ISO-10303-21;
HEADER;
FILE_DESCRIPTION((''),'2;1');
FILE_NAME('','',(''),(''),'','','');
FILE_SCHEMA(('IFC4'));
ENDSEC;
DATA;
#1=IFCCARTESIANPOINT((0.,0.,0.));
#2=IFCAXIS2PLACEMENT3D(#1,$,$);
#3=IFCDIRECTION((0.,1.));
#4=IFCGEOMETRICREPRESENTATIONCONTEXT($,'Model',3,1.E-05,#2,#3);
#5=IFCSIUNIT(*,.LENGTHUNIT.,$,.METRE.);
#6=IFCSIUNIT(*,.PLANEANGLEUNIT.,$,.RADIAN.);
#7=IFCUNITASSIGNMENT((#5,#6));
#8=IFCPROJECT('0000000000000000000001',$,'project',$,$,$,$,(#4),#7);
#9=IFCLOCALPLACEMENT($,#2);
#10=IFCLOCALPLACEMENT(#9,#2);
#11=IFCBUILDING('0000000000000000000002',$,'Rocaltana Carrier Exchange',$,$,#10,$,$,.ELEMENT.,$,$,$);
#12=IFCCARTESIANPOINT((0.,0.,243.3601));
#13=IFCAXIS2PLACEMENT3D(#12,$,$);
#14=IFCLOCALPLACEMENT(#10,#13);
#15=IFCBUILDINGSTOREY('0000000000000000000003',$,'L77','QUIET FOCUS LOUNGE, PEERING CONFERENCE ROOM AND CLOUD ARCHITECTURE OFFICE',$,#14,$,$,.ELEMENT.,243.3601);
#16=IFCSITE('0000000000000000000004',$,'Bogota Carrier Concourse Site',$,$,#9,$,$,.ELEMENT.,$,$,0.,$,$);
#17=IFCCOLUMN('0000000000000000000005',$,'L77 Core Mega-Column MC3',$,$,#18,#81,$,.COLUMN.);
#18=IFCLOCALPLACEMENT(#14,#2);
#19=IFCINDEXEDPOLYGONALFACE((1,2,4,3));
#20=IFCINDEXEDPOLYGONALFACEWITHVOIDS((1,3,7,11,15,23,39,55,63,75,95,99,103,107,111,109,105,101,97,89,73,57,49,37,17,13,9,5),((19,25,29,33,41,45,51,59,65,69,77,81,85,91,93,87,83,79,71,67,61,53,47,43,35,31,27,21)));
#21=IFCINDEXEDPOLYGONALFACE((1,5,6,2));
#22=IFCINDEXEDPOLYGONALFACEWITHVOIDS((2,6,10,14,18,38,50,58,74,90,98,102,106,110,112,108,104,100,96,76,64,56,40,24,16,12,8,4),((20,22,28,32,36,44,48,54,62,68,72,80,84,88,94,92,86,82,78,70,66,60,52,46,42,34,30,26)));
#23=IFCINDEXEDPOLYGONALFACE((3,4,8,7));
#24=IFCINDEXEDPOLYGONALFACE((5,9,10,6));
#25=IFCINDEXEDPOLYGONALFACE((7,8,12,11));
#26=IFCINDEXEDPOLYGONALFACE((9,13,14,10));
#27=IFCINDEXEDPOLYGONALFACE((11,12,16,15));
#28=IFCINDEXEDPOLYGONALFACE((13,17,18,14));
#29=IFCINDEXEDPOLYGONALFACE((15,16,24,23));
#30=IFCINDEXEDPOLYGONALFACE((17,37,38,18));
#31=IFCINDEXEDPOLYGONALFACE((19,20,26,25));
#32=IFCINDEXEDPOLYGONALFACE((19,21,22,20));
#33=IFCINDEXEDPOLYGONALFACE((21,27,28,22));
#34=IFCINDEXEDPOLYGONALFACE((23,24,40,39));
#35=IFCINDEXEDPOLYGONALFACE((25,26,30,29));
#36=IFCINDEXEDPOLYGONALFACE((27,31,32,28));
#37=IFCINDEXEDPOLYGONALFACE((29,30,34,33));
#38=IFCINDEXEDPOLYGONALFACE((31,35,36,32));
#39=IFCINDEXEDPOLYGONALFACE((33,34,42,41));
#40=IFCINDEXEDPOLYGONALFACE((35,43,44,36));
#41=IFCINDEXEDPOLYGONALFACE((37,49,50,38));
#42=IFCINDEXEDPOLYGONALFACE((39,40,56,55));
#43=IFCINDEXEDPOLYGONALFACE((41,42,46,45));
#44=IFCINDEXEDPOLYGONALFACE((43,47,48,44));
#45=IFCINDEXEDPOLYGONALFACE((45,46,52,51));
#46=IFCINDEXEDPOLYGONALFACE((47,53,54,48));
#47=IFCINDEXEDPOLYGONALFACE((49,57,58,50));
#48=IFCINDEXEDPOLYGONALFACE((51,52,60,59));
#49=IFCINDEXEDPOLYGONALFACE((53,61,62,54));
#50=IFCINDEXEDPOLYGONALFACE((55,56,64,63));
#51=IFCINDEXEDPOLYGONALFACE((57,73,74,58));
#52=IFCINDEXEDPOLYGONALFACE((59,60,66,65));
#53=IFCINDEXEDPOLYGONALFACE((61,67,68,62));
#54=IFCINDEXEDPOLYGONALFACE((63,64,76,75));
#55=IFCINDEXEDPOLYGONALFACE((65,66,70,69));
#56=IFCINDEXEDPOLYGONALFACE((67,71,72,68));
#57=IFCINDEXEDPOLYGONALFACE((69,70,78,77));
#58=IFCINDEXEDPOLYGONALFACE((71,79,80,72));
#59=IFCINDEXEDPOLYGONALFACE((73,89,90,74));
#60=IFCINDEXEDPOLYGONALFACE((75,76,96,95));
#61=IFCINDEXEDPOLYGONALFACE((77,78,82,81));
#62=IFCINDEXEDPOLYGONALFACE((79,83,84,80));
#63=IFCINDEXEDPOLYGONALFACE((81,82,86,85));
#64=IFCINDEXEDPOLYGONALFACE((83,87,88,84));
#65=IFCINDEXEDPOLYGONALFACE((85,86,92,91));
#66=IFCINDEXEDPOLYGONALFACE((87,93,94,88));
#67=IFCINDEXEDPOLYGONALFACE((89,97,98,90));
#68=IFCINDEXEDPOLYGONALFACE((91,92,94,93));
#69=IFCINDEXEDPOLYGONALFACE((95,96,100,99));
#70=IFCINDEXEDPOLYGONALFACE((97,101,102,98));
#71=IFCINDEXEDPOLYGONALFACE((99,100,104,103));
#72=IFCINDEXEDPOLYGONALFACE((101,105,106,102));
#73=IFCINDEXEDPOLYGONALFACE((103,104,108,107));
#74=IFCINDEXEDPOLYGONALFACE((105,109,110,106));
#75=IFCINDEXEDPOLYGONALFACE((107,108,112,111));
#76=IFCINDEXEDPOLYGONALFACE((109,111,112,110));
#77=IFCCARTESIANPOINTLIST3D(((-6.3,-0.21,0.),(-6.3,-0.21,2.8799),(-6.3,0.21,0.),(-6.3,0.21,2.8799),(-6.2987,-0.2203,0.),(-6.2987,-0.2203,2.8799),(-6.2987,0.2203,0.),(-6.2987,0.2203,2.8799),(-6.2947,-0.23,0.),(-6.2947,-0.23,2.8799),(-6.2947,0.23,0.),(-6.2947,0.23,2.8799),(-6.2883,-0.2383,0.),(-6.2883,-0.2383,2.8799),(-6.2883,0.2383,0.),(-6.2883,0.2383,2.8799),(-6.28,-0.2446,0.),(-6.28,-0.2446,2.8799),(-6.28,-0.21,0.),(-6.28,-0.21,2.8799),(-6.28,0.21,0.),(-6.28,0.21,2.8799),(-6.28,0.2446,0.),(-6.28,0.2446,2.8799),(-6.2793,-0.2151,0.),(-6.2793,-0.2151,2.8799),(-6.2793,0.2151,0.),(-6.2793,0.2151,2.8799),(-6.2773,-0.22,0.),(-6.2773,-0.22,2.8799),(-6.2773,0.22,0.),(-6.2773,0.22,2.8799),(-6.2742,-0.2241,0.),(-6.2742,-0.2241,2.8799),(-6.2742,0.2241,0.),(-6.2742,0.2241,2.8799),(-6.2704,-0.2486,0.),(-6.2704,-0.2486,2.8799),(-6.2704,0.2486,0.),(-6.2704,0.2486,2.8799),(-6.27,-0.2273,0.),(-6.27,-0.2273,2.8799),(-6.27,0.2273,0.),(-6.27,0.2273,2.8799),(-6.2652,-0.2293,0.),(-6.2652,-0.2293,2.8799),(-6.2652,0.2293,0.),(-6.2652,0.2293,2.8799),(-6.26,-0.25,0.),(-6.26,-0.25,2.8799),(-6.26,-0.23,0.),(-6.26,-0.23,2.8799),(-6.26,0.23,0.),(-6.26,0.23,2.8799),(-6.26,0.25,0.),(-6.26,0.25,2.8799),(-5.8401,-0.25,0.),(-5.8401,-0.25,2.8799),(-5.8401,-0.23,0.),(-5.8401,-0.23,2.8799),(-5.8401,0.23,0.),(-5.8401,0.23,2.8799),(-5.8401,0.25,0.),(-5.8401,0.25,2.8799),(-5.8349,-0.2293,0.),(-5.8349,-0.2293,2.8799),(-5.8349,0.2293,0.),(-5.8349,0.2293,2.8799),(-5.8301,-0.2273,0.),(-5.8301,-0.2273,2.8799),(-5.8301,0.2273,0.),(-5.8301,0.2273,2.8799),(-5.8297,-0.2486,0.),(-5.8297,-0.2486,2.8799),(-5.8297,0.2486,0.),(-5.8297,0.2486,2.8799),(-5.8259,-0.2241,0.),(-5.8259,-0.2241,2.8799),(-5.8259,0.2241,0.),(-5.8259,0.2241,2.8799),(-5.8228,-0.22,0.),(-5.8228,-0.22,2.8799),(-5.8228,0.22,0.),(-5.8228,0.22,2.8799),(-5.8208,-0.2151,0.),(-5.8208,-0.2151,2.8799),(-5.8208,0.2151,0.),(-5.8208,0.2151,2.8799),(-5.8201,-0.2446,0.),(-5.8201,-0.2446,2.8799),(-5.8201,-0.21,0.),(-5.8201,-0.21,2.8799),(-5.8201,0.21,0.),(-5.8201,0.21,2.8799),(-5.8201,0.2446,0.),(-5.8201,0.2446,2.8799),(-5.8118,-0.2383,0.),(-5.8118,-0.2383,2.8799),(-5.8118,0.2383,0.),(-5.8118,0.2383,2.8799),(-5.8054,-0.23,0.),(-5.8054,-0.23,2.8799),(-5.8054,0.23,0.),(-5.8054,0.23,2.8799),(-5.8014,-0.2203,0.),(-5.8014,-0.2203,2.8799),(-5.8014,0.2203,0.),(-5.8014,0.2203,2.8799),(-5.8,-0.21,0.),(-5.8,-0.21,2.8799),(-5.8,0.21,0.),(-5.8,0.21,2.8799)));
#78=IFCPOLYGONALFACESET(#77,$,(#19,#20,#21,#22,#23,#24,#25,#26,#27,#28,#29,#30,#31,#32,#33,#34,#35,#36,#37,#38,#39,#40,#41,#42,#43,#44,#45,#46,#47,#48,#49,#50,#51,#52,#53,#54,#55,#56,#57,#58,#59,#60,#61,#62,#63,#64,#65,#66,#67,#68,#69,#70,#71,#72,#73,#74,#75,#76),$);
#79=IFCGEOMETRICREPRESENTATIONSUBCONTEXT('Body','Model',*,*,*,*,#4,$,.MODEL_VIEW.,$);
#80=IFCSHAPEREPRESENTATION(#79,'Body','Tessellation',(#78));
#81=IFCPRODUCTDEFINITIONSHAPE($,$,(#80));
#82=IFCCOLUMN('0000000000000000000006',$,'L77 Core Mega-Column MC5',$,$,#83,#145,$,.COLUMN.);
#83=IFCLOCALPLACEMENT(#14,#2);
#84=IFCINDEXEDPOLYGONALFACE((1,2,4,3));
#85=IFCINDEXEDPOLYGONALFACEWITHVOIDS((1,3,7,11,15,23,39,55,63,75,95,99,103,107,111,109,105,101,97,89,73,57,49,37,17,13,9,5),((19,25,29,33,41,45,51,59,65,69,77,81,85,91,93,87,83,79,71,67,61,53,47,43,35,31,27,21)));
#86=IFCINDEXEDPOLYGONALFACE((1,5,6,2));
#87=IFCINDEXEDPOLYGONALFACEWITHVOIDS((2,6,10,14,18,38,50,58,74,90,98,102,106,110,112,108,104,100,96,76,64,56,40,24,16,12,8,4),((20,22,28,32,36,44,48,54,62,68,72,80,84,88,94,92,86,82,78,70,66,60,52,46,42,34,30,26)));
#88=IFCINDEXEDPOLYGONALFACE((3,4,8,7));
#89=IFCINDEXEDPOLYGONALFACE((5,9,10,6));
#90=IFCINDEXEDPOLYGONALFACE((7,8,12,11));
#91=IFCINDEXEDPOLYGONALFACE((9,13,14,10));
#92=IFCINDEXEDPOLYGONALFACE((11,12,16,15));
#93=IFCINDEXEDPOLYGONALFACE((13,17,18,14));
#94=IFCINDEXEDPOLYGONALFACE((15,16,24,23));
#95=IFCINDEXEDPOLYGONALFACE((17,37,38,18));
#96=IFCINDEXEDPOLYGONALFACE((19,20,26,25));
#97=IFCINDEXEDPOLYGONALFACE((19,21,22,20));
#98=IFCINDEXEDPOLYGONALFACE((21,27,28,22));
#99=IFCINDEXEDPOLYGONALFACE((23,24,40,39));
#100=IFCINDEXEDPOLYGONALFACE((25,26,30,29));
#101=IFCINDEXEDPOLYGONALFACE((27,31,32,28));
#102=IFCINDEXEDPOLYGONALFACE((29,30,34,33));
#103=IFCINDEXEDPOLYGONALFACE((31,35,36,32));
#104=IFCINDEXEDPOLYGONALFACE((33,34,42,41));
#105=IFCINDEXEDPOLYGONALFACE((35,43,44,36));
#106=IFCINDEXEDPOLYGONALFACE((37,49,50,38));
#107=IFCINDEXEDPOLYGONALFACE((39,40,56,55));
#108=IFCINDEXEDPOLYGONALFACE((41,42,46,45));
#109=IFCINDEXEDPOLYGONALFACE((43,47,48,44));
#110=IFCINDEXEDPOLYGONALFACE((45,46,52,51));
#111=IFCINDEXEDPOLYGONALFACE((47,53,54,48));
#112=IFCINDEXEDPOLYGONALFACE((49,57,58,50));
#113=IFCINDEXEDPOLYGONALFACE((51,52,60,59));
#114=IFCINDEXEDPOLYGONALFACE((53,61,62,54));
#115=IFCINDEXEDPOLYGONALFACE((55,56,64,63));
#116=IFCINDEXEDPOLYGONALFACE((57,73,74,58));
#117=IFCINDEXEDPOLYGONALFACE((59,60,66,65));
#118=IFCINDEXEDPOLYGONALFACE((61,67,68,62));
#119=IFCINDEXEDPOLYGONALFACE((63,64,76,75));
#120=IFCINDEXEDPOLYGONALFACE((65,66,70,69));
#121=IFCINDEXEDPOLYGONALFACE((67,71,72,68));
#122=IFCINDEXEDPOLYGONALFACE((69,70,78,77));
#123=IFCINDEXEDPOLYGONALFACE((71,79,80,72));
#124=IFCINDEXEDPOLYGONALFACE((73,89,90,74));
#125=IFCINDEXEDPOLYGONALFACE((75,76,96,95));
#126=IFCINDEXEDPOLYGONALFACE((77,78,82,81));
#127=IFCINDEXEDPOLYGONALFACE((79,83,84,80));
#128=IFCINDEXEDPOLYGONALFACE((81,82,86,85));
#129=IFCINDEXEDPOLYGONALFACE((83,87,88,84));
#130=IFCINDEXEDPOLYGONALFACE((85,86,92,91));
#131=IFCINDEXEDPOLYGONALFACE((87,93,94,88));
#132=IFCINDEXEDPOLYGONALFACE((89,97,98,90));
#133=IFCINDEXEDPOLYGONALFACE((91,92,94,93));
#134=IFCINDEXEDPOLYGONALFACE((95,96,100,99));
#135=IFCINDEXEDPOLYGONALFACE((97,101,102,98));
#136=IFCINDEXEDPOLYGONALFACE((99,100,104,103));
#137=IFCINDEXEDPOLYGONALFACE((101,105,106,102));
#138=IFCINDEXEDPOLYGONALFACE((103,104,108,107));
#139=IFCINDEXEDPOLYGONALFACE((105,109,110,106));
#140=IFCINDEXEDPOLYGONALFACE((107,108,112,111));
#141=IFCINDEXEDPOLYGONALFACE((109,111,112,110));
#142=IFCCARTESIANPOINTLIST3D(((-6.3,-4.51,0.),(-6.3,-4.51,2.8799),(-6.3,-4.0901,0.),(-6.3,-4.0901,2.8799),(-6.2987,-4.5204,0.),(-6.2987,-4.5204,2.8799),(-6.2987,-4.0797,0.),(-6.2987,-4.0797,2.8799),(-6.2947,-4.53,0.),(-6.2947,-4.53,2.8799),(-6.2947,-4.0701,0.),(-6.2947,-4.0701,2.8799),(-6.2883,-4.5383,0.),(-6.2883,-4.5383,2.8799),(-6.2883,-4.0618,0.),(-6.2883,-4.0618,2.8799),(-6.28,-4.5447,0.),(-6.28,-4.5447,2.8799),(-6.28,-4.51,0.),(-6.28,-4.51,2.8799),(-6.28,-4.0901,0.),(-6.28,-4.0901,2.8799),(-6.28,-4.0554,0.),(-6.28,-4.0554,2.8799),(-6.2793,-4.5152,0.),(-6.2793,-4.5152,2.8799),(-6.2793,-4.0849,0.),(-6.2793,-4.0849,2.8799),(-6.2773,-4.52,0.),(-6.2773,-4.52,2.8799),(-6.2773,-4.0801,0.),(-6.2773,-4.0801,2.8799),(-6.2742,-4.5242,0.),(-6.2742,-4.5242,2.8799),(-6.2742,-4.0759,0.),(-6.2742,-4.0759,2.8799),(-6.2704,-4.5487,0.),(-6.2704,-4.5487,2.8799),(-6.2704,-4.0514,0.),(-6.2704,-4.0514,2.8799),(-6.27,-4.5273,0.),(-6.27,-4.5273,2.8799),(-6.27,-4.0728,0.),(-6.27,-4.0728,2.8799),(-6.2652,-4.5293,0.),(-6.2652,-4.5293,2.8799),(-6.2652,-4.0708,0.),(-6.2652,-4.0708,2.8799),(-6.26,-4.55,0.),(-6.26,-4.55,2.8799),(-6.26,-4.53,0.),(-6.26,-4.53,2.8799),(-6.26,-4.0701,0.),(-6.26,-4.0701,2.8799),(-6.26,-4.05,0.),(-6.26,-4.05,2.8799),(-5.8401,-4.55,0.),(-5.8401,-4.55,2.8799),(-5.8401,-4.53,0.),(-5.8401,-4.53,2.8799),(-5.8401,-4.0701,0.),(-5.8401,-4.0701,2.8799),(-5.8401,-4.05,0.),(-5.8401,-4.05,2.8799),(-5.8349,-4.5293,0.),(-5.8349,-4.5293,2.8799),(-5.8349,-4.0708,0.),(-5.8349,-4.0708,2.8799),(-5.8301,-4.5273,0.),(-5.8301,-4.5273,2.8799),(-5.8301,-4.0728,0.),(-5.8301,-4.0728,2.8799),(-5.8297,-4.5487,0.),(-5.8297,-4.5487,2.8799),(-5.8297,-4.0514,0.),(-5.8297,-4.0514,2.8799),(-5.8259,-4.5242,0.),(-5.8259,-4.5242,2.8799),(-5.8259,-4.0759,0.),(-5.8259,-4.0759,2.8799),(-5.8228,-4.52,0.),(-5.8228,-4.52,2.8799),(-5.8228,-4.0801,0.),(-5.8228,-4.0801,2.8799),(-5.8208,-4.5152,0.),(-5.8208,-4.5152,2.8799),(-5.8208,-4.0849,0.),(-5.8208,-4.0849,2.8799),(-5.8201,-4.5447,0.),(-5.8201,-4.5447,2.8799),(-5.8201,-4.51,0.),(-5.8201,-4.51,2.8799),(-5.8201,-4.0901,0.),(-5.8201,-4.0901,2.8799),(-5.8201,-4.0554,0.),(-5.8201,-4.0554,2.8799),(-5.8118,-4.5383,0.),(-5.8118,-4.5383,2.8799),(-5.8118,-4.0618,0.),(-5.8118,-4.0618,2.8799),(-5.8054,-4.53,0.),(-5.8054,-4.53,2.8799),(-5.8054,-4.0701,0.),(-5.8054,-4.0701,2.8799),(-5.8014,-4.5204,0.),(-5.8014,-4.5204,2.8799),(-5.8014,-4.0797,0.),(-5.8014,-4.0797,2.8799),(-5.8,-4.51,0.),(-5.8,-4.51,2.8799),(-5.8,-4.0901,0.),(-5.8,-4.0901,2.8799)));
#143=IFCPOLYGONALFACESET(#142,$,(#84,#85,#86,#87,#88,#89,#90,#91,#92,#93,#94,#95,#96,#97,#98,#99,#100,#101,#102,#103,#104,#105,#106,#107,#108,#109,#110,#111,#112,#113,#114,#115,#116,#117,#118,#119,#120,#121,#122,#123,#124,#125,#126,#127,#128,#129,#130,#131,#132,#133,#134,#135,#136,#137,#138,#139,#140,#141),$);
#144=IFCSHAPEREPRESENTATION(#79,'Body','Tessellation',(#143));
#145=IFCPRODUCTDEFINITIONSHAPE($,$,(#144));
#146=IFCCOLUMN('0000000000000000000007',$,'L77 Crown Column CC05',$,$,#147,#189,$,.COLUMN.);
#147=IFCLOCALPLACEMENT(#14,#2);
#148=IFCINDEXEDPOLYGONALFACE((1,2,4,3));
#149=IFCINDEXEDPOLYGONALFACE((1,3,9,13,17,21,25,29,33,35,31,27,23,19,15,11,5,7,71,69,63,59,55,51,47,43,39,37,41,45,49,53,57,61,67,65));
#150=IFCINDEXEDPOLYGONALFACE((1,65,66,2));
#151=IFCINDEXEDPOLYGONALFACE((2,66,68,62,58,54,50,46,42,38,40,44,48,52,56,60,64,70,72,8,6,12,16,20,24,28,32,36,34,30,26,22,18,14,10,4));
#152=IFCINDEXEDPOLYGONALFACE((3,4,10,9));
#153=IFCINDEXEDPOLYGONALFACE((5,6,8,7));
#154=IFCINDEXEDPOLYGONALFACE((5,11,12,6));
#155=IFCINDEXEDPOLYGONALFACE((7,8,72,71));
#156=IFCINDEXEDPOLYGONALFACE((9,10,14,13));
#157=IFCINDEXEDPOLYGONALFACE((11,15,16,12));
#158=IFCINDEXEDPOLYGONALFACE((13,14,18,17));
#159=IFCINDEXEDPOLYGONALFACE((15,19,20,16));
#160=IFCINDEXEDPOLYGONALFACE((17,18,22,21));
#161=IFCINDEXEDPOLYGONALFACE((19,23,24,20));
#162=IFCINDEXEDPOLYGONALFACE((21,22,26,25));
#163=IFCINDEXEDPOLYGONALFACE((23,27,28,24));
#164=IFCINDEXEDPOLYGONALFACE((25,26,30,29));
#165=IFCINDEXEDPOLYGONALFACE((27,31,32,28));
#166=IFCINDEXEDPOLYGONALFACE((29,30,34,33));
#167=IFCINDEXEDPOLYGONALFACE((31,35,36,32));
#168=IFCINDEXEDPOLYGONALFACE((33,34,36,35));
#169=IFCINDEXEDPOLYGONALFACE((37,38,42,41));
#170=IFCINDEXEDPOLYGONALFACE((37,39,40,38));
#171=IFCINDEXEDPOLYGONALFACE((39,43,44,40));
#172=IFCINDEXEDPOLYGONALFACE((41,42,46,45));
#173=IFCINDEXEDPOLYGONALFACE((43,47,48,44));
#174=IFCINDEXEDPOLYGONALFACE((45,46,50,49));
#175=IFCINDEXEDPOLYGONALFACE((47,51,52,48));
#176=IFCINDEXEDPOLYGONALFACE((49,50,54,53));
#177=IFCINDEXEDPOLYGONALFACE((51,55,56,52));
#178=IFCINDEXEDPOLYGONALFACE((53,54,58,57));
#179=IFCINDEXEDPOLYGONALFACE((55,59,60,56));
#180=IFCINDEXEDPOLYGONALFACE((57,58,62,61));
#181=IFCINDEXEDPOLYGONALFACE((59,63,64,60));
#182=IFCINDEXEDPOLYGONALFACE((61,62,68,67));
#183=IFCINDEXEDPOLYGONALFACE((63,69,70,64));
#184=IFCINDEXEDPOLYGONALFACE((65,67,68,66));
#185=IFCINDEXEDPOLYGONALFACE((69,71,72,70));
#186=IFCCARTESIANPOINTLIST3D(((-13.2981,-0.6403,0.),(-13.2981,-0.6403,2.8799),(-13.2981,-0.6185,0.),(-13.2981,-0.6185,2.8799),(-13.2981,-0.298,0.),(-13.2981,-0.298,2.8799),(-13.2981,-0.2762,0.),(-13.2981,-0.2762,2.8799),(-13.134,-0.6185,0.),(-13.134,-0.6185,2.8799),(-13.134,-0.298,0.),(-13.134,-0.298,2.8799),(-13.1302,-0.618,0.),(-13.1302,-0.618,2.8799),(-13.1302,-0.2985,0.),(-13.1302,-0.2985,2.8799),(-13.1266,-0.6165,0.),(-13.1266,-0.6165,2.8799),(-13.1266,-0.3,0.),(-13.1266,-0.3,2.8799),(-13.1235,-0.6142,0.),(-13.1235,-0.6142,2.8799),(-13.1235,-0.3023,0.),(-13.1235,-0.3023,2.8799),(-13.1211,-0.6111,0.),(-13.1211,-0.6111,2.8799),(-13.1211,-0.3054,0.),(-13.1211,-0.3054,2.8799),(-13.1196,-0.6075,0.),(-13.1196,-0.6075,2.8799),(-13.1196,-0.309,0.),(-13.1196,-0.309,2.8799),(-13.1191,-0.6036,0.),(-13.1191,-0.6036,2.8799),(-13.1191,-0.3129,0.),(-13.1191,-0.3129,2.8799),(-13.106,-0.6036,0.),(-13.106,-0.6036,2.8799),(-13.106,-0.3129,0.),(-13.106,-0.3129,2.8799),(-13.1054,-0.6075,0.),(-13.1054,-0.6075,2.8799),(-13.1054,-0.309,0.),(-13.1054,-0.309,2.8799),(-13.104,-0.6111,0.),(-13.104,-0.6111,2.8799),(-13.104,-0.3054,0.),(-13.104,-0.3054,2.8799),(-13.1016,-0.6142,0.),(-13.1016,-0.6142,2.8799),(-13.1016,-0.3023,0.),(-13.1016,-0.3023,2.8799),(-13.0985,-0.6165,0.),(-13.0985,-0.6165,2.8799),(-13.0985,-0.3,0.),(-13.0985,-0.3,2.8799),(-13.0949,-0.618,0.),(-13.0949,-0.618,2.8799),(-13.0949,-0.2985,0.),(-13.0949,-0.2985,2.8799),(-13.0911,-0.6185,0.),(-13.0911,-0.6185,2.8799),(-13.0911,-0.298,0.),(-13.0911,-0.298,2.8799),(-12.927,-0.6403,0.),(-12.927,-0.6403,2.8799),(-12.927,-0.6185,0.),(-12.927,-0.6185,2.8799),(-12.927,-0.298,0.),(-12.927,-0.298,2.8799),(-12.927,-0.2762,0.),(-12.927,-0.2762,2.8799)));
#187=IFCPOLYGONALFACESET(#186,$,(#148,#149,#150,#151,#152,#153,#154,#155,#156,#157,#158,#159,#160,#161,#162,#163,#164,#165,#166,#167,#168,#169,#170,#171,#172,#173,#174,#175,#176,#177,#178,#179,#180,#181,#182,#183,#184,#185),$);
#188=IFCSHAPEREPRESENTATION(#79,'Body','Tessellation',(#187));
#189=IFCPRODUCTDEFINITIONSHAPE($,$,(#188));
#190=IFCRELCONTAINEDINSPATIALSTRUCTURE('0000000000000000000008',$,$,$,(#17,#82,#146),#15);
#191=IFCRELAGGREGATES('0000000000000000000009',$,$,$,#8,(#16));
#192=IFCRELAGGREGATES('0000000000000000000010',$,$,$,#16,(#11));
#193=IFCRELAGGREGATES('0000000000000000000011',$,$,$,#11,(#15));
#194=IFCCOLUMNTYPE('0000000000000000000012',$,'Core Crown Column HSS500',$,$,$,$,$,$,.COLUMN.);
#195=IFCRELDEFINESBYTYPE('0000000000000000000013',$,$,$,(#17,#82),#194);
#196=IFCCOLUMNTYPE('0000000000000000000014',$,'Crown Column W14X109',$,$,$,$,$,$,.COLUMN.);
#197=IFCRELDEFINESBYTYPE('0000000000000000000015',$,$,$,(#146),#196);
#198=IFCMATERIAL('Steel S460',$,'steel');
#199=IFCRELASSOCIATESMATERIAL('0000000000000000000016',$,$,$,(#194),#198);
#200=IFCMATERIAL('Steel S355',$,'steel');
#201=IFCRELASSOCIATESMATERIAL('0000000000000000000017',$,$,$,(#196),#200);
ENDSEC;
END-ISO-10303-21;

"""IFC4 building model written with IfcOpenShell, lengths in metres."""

from ifc_helpers import new_model, si_unit, direction, frame, origin, origin_2d, place, context, subcontext, project, spatial, hollow_rectangle, i_section, extrude, material, material_profile, profile_set, type_object, element, save


model = new_model("IFC4")

# Units and contexts
model_context = context("Model", 3, precision=1e-05, world=origin(), true_north=direction((0.0, 1.0)))
body_context = subcontext(model_context, "Body", "Model", "MODEL_VIEW")
ifc_project = project(units=[si_unit("LENGTHUNIT", "METRE"), si_unit("PLANEANGLEUNIT", "RADIAN")], contexts=[model_context])

# Site, building, storey
site_placement = place(None, origin())
site = spatial("IfcSite", under=ifc_project, at=site_placement, Name="Bogota Carrier Concourse Site", CompositionType="ELEMENT", RefElevation=0.0)
building_placement = place(site_placement, origin())
building = spatial("IfcBuilding", under=site, at=building_placement, Name="Rocaltana Carrier Exchange", CompositionType="ELEMENT")
storey_placement = place(building_placement, frame((0.0, 0.0, 243.3601)))
storey = spatial("IfcBuildingStorey", under=building, at=storey_placement, Name="L77", Description="QUIET FOCUS LOUNGE, PEERING CONFERENCE ROOM AND CLOUD ARCHITECTURE OFFICE", CompositionType="ELEMENT", Elevation=243.3601)

# Columns
ifc_material_1 = material(Name="Steel S460", Category="steel")
ifc_material_profile_1 = material_profile(ifc_material_1, hollow_rectangle(XDim=0.5, YDim=0.5, WallThickness=0.02, InnerFilletRadius=0.02, OuterFilletRadius=0.04, at=origin_2d()), Name="HSS500X500X20")
ifc_profile_set_1 = profile_set([ifc_material_profile_1], Name="Steel S460")
column_type_1 = type_object("IfcColumnType", Name="Core Crown Column HSS500", PredefinedType="COLUMN", material=ifc_profile_set_1)
for number, where, z_axis, x_axis, name in (
    (1, (-6.05, 0.0, 0.0), (0.0, 0.0, 1.0), (1.0, 0.0, 0.0), "L77 Core Mega-Column MC3"),
    (2, (-6.05, -4.3, 0.0), (0.0, 0.0, 1.0), (1.0, 0.0, 0.0), "L77 Core Mega-Column MC5"),
):
    element("IfcColumn", number, at=place(storey_placement, frame(where, z_axis=z_axis, x_axis=x_axis)), inside=storey, type_object=column_type_1, Name=name, PredefinedType="COLUMN", context=body_context, shape_type="SweptSolid", body=[
        extrude(hollow_rectangle(XDim=0.5, YDim=0.5, WallThickness=0.02, InnerFilletRadius=0.02, OuterFilletRadius=0.04, at=origin_2d()), origin(), (0.0, 0.0, 1.0), 2.8799),
    ])
ifc_material_2 = material(Name="Steel S355", Category="steel")
ifc_material_profile_2 = material_profile(ifc_material_2, i_section(OverallWidth=0.3711, OverallDepth=0.364, WebThickness=0.0132, FlangeThickness=0.0217, FilletRadius=0.0149, at=origin_2d()), Name="W14X109")
ifc_profile_set_2 = profile_set([ifc_material_profile_2], Name="Steel S355")
column_type_2 = type_object("IfcColumnType", Name="Crown Column W14X109", PredefinedType="COLUMN", material=ifc_profile_set_2)
column_placement = place(storey_placement, frame((-13.1125, -0.4583, 0.0), z_axis=(0.0, 0.0, 1.0), x_axis=(1.0, 0.0, 0.0)))
element("IfcColumn", 3, at=column_placement, inside=storey, type_object=column_type_2, Name="L77 Crown Column CC05", PredefinedType="COLUMN", context=body_context, shape_type="SweptSolid", body=[
    extrude(i_section(OverallWidth=0.3711, OverallDepth=0.364, WebThickness=0.0132, FlangeThickness=0.0217, FilletRadius=0.0149, at=origin_2d()), origin(), (0.0, 0.0, 1.0), 2.8799),
])

save(model, "model.ifc")
